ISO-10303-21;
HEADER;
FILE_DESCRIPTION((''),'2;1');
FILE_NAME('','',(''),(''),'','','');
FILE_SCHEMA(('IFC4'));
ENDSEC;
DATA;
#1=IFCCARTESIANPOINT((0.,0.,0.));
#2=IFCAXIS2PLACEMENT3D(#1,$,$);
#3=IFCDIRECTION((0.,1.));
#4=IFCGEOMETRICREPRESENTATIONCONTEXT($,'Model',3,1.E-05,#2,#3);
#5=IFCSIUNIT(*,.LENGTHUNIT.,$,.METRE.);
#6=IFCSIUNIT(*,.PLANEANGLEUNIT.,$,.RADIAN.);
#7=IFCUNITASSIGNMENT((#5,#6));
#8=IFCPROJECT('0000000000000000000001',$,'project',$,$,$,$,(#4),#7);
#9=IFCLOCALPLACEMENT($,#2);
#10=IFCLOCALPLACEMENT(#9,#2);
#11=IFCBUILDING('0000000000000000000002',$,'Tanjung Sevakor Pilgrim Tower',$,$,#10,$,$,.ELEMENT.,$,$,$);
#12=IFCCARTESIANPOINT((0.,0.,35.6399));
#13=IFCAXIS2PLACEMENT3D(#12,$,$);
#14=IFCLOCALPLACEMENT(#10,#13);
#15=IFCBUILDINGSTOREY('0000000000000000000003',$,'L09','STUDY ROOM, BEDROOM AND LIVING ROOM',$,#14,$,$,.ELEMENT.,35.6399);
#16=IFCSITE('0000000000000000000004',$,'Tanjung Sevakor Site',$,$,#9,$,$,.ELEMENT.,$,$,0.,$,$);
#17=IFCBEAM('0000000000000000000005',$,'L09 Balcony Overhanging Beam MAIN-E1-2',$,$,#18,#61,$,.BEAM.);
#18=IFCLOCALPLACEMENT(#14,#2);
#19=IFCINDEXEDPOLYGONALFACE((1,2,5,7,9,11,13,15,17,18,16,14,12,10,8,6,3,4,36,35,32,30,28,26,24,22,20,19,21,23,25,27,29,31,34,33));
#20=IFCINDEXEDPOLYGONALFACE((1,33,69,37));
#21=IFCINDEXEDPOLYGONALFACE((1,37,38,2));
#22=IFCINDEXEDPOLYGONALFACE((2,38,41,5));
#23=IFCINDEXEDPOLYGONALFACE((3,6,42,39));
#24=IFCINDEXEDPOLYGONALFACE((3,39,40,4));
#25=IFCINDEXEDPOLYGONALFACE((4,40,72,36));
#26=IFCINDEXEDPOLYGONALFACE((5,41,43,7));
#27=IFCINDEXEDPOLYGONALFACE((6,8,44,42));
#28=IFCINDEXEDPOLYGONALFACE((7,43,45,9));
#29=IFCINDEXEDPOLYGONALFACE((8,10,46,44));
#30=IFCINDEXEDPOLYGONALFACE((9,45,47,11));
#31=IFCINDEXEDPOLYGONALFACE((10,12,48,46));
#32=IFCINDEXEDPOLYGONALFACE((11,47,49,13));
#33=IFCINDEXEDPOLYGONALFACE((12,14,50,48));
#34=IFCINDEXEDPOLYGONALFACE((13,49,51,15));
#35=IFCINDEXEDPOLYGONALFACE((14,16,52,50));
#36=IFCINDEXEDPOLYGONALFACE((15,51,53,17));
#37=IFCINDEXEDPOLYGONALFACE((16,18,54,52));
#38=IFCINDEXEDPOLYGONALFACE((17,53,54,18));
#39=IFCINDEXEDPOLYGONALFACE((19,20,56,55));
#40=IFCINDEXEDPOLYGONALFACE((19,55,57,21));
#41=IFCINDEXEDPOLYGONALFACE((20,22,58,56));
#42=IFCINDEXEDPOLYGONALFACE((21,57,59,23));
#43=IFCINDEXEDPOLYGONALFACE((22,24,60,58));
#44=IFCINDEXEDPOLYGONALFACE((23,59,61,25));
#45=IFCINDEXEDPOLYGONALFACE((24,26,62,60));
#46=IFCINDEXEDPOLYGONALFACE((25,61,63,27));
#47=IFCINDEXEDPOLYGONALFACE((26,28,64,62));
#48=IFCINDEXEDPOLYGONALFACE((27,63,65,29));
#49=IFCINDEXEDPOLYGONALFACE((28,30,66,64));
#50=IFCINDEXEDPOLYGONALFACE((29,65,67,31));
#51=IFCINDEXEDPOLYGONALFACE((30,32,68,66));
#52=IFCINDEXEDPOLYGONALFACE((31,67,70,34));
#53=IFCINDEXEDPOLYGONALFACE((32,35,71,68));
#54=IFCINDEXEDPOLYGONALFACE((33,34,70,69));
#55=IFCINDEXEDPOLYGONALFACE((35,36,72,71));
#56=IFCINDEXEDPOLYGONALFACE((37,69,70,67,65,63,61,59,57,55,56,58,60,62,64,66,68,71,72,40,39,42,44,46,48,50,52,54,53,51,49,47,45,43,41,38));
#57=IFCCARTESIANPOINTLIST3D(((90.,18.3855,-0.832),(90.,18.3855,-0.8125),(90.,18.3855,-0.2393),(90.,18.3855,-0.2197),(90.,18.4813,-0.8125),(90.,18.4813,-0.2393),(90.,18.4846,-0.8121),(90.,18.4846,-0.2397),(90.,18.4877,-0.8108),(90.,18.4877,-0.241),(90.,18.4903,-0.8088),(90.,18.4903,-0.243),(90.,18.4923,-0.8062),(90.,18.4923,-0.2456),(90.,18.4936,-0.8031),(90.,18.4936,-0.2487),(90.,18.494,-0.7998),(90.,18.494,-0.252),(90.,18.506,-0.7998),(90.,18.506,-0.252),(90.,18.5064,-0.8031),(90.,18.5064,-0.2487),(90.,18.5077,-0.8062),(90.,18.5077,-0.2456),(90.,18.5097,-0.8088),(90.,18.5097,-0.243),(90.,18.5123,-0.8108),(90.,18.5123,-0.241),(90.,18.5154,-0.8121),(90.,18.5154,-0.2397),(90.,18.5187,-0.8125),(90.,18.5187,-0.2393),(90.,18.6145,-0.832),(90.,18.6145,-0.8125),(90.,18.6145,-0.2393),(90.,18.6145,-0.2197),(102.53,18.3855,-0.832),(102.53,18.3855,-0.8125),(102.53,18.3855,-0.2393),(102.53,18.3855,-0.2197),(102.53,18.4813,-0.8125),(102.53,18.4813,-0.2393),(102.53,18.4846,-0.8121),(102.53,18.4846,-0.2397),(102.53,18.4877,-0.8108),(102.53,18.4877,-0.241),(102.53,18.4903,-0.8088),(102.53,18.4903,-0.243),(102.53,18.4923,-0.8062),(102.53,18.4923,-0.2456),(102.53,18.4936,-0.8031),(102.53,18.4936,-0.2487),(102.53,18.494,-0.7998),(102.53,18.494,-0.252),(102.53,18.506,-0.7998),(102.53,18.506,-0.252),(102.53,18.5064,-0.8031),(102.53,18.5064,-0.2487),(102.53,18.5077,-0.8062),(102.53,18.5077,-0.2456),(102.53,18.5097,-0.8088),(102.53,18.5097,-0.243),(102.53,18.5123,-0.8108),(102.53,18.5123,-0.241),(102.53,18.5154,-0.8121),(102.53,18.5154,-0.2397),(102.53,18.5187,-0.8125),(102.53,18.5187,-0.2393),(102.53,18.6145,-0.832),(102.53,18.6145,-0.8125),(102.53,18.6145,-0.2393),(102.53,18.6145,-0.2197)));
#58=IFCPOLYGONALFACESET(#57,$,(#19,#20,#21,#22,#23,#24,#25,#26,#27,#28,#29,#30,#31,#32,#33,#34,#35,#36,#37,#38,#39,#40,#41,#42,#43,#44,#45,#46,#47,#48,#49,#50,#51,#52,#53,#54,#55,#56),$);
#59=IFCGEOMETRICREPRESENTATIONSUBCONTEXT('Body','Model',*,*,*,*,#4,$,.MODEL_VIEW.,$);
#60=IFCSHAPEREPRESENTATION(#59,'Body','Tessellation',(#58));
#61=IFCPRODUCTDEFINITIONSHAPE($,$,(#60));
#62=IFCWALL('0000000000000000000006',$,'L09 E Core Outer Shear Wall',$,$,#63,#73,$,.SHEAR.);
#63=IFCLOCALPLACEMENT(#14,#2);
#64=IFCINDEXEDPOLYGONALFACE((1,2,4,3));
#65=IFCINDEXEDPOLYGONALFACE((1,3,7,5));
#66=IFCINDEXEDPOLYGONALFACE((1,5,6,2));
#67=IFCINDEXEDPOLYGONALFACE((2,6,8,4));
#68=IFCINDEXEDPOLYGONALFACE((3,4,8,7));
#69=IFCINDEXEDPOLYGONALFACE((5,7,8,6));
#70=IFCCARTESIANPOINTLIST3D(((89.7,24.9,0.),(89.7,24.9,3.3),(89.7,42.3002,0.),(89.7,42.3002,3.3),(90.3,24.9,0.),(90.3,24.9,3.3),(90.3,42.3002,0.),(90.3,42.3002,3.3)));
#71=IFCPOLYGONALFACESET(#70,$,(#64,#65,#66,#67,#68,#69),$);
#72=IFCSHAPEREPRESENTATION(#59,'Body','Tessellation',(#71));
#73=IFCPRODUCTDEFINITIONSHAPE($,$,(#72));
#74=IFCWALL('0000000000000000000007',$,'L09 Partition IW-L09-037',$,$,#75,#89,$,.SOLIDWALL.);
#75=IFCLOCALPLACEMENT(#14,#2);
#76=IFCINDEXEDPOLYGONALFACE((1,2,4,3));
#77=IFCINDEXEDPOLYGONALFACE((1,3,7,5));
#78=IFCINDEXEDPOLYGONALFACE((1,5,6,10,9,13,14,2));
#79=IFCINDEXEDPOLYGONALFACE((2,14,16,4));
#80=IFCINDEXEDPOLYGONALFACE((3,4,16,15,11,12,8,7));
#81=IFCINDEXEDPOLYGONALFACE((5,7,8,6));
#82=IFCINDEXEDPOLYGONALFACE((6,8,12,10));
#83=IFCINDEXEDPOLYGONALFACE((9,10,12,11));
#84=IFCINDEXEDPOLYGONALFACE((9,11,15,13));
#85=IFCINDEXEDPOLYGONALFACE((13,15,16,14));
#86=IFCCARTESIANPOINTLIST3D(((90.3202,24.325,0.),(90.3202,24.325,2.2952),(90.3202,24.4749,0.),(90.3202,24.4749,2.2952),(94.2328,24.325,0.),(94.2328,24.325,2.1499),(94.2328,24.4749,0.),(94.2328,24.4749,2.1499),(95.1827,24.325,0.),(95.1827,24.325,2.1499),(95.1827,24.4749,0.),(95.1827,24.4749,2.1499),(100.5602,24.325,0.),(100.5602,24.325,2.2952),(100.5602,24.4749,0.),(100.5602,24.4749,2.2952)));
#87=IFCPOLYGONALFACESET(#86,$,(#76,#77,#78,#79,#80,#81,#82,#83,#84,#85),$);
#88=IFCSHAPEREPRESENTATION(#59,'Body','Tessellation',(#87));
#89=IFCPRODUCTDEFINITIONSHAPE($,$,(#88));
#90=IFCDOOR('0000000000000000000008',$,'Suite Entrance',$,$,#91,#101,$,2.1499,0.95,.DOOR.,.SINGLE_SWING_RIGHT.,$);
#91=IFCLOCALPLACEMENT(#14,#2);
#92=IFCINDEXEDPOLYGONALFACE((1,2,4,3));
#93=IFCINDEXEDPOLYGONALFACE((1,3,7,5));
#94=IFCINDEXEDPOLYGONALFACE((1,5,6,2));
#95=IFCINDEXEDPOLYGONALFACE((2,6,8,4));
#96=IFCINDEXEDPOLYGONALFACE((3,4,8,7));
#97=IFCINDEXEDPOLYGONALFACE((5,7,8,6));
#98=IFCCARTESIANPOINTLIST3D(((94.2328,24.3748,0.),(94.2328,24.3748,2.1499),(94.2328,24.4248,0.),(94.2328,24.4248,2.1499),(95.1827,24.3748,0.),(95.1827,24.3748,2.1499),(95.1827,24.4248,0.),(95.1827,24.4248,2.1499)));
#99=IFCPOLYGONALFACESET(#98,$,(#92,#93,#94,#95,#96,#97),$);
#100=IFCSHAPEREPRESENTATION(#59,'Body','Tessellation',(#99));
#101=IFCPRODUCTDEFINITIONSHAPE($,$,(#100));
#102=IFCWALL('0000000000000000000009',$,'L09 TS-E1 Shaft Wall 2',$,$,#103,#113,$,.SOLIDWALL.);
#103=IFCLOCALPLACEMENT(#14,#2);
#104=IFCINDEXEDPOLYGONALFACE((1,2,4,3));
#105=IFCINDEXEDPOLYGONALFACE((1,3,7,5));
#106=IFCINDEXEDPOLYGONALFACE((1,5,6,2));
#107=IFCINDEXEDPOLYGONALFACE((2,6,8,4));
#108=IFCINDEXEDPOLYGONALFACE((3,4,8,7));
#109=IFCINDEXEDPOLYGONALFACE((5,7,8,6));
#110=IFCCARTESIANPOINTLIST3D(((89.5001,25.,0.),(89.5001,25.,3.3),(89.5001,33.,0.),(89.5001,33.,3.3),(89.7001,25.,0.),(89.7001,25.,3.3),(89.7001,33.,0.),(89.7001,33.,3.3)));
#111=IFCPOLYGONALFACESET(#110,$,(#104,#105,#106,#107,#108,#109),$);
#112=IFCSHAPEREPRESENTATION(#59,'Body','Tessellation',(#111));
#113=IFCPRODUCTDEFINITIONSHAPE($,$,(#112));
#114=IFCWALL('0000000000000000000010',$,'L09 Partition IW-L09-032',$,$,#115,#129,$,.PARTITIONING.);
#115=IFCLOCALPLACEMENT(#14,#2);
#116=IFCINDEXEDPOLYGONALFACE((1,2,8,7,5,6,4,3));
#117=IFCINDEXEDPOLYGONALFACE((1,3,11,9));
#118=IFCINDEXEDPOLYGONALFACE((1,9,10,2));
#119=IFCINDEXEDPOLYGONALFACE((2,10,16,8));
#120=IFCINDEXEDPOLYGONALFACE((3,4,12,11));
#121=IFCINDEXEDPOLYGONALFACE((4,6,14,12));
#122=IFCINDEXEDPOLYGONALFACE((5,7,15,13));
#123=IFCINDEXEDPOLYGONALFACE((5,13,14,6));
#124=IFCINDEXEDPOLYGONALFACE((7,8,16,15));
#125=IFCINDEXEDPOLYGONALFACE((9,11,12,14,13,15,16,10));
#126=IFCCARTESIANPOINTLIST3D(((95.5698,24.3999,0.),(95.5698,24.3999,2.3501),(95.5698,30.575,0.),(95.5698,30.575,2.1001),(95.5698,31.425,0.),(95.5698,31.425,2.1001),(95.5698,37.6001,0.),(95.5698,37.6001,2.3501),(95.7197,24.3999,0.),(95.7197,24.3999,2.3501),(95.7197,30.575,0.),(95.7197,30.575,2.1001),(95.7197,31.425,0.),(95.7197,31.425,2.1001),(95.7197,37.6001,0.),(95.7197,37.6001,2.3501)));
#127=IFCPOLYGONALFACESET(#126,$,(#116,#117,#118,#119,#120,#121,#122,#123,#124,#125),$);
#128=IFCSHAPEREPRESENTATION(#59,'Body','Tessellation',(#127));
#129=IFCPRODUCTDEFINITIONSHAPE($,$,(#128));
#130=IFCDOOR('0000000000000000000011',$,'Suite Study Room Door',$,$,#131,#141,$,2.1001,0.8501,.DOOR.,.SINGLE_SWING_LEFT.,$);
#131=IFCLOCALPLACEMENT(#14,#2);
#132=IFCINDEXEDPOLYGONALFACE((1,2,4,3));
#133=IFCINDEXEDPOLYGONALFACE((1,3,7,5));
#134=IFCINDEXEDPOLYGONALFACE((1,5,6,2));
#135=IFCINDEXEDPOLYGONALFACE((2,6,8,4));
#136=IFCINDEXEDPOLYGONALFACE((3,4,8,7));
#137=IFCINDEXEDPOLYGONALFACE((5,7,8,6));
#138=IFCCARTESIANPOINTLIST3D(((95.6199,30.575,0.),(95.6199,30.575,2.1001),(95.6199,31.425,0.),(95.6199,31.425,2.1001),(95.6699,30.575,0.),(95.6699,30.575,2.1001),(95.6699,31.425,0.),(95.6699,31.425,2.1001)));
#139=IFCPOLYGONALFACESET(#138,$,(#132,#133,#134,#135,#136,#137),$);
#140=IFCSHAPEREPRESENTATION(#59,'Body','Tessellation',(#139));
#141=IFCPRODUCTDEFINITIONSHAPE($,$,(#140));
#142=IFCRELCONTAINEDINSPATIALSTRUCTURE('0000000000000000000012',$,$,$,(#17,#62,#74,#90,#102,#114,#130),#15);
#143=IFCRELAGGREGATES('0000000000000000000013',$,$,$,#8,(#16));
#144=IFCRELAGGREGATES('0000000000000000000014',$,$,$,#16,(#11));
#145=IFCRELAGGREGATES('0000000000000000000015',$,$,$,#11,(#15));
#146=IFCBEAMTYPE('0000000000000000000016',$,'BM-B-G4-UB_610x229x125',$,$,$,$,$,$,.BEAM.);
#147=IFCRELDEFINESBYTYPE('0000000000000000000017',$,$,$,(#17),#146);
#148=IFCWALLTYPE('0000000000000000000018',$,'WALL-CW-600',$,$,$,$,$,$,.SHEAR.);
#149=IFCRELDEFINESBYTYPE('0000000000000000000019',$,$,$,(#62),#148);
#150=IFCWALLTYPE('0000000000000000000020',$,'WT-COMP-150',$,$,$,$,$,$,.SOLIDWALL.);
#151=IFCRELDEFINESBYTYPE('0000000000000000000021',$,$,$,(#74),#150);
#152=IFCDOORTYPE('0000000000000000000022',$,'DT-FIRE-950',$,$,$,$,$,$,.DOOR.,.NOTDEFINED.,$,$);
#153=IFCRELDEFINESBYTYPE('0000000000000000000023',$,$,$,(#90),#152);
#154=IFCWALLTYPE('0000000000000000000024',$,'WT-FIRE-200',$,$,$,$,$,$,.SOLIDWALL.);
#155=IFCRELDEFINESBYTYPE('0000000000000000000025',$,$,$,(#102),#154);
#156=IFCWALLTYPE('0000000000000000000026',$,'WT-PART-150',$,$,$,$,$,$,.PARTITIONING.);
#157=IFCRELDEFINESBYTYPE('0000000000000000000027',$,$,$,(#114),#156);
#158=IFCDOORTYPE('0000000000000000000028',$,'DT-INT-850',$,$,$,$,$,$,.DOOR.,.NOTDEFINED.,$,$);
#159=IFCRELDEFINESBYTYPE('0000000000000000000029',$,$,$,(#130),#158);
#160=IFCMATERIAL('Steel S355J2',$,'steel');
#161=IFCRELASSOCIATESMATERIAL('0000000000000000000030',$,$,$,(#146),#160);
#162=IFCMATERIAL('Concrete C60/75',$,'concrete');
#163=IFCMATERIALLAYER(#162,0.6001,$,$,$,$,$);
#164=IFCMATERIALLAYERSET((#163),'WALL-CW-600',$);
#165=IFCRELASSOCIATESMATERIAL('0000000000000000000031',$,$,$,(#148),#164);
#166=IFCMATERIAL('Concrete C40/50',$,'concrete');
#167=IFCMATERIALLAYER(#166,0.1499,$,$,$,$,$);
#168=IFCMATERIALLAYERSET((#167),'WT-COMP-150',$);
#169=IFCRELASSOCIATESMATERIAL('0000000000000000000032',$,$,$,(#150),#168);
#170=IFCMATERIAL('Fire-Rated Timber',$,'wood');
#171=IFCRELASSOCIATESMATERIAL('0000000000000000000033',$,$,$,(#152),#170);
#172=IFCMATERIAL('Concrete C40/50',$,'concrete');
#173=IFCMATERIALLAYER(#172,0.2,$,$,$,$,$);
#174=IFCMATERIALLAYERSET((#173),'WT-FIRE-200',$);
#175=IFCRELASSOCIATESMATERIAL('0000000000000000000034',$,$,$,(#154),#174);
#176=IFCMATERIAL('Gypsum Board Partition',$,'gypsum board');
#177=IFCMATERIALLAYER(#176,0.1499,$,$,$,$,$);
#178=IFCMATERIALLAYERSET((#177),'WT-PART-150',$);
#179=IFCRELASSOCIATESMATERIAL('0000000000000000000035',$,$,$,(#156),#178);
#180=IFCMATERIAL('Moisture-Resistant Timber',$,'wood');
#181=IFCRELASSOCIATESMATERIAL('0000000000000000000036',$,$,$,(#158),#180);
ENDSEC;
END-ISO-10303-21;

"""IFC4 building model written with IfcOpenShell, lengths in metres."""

from ifc_helpers import new_model, si_unit, direction, frame, frame_2d, origin, origin_2d, place, context, subcontext, project, spatial, rectangle, i_section, extrude, material, layer, layer_set, material_profile, profile_set, type_object, element, fill, save


model = new_model("IFC4")

# Units and contexts
model_context = context("Model", 3, precision=1e-05, world=origin(), true_north=direction((0.0, 1.0)))
body_context = subcontext(model_context, "Body", "Model", "MODEL_VIEW")
ifc_project = project(units=[si_unit("LENGTHUNIT", "METRE"), si_unit("PLANEANGLEUNIT", "RADIAN")], contexts=[model_context])

# Site, building, storey
site_placement = place(None, origin())
site = spatial("IfcSite", under=ifc_project, at=site_placement, Name="Tanjung Sevakor Site", CompositionType="ELEMENT", RefElevation=0.0)
building_placement = place(site_placement, origin())
building = spatial("IfcBuilding", under=site, at=building_placement, Name="Tanjung Sevakor Pilgrim Tower", CompositionType="ELEMENT")
storey_placement = place(building_placement, frame((0.0, 0.0, 35.6399)))
storey = spatial("IfcBuildingStorey", under=building, at=storey_placement, Name="L09", Description="STUDY ROOM, BEDROOM AND LIVING ROOM", CompositionType="ELEMENT", Elevation=35.6399)

# Beam
ifc_material_1 = material(Name="Steel S355J2", Category="steel")
ifc_material_profile_1 = material_profile(ifc_material_1, i_section(OverallWidth=0.229, OverallDepth=0.6123, WebThickness=0.012, FlangeThickness=0.0195, FilletRadius=0.0127, at=origin_2d()))
ifc_profile_set_1 = profile_set([ifc_material_profile_1], Name="Steel S355J2")
beam_type_1 = type_object("IfcBeamType", Name="BM-B-G4-UB_610x229x125", PredefinedType="BEAM", material=ifc_profile_set_1)
beam_1_placement = place(storey_placement, frame((90.0, 18.5, -0.5259), z_axis=(1.0, 0.0, 0.0), x_axis=(0.0, 1.0, 0.0)))
element("IfcBeam", 1, at=beam_1_placement, inside=storey, type_object=beam_type_1, Name="L09 Balcony Overhanging Beam MAIN-E1-2", PredefinedType="BEAM", context=body_context, shape_type="SweptSolid", body=[
    extrude(i_section(OverallWidth=0.229, OverallDepth=0.6123, WebThickness=0.012, FlangeThickness=0.0195, FilletRadius=0.0127, at=origin_2d()), origin(), (0.0, 0.0, 1.0), 12.53),
])

# Wall
ifc_material_2 = material(Name="Concrete C60/75", Category="concrete")
ifc_layer_1 = layer(ifc_material_2, 0.6001)
ifc_layer_set_1 = layer_set([ifc_layer_1], Name="WALL-CW-600")
wall_type_1 = type_object("IfcWallType", Name="WALL-CW-600", PredefinedType="SHEAR", material=ifc_layer_set_1)
wall_1_placement = place(storey_placement, frame((90.0, 24.8999, 0.0), z_axis=(0.0, 0.0, 1.0), x_axis=(0.0, 1.0, 0.0)))
element("IfcWall", 2, at=wall_1_placement, inside=storey, type_object=wall_type_1, Name="L09 E Core Outer Shear Wall", PredefinedType="SHEAR", context=body_context, shape_type="SweptSolid", body=[
    extrude(rectangle(XDim=17.4001, YDim=0.6001, at=frame_2d((8.7002, 0.0))), origin(), (0.0, 0.0, 1.0), 3.3),
])

# Wall, opening, door
ifc_material_3 = material(Name="Concrete C40/50", Category="concrete")
ifc_layer_2 = layer(ifc_material_3, 0.1499)
ifc_layer_set_2 = layer_set([ifc_layer_2], Name="WT-COMP-150")
wall_type_2 = type_object("IfcWallType", Name="WT-COMP-150", PredefinedType="SOLIDWALL", material=ifc_layer_set_2)
wall_2_placement = place(storey_placement, frame((90.3201, 24.3999, 0.0), z_axis=(0.0, 0.0, 1.0), x_axis=(1.0, 0.0, 0.0)))
wall_2 = element("IfcWall", 3, at=wall_2_placement, inside=storey, type_object=wall_type_2, Name="L09 Partition IW-L09-037", PredefinedType="SOLIDWALL", context=body_context, shape_type="SweptSolid", body=[
    extrude(rectangle(XDim=10.24, YDim=0.1499, at=frame_2d((5.1201, 0.0))), origin(), (0.0, 0.0, 1.0), 2.2952),
])
opening_1_placement = place(wall_2_placement, frame((3.9126, 0.0, 0.0)))
opening_1 = element("IfcOpeningElement", 4, at=opening_1_placement, cuts=wall_2, PredefinedType="OPENING", context=body_context, shape_type="SweptSolid", body=[
    extrude(rectangle(XDim=0.95, YDim=2.1499, at=frame_2d((0.4751, 1.075))), frame((0.0, 0.085, 0.0), z_axis=(0.0, -1.0, 0.0), x_axis=(1.0, 0.0, 0.0)), (0.0, 0.0, 1.0), 0.1699),
])
ifc_material_4 = material(Name="Fire-Rated Timber", Category="wood")
door_type_1 = type_object("IfcDoorType", Name="DT-FIRE-950", OperationType="NOTDEFINED", PredefinedType="DOOR", material=ifc_material_4)
door_1_placement = place(opening_1_placement, origin())
door_1 = element("IfcDoor", 5, at=door_1_placement, inside=storey, type_object=door_type_1, Name="Suite Entrance", OperationType="SINGLE_SWING_RIGHT", OverallHeight=2.1499, OverallWidth=0.95, PredefinedType="DOOR", context=body_context, shape_type="SweptSolid", body=[
    extrude(rectangle(XDim=0.95, YDim=2.1499, at=frame_2d((0.4751, 1.075))), frame((0.0, 0.0249, 0.0), z_axis=(0.0, -1.0, 0.0), x_axis=(1.0, 0.0, 0.0)), (0.0, 0.0, 1.0), 0.05),
])
fill(opening_1, door_1)

# Wall
ifc_material_5 = material(Name="Concrete C40/50", Category="concrete")
ifc_layer_3 = layer(ifc_material_5, 0.2)
ifc_layer_set_3 = layer_set([ifc_layer_3], Name="WT-FIRE-200")
wall_type_3 = type_object("IfcWallType", Name="WT-FIRE-200", PredefinedType="SOLIDWALL", material=ifc_layer_set_3)
wall_3_placement = place(storey_placement, frame((89.6001, 25.0, 0.0), z_axis=(0.0, 0.0, 1.0), x_axis=(0.0, 1.0, 0.0)))
element("IfcWall", 6, at=wall_3_placement, inside=storey, type_object=wall_type_3, Name="L09 TS-E1 Shaft Wall 2", PredefinedType="SOLIDWALL", context=body_context, shape_type="SweptSolid", body=[
    extrude(rectangle(XDim=8.0, YDim=0.2, at=frame_2d((4.0, 0.0))), origin(), (0.0, 0.0, 1.0), 3.3),
])

# Wall, opening, door
ifc_material_6 = material(Name="Gypsum Board Partition", Category="gypsum board")
ifc_layer_4 = layer(ifc_material_6, 0.1499)
ifc_layer_set_4 = layer_set([ifc_layer_4], Name="WT-PART-150")
wall_type_4 = type_object("IfcWallType", Name="WT-PART-150", PredefinedType="PARTITIONING", material=ifc_layer_set_4)
wall_4_placement = place(storey_placement, frame((95.6448, 24.3999, 0.0), z_axis=(0.0, 0.0, 1.0), x_axis=(0.0, 1.0, 0.0)))
wall_4 = element("IfcWall", 7, at=wall_4_placement, inside=storey, type_object=wall_type_4, Name="L09 Partition IW-L09-032", PredefinedType="PARTITIONING", context=body_context, shape_type="SweptSolid", body=[
    extrude(rectangle(XDim=13.2002, YDim=0.1499, at=frame_2d((6.6001, 0.0))), origin(), (0.0, 0.0, 1.0), 2.3501),
])
opening_2_placement = place(wall_4_placement, frame((6.175, 0.0, 0.0)))
opening_2 = element("IfcOpeningElement", 8, at=opening_2_placement, cuts=wall_4, PredefinedType="OPENING", context=body_context, shape_type="SweptSolid", body=[
    extrude(rectangle(XDim=0.8501, YDim=2.1001, at=frame_2d((0.425, 1.05))), frame((0.0, 0.085, 0.0), z_axis=(0.0, -1.0, 0.0), x_axis=(1.0, 0.0, 0.0)), (0.0, 0.0, 1.0), 0.1699),
])
ifc_material_7 = material(Name="Moisture-Resistant Timber", Category="wood")
door_type_2 = type_object("IfcDoorType", Name="DT-INT-850", OperationType="NOTDEFINED", PredefinedType="DOOR", material=ifc_material_7)
door_2_placement = place(opening_2_placement, origin())
door_2 = element("IfcDoor", 9, at=door_2_placement, inside=storey, type_object=door_type_2, Name="Suite Study Room Door", OperationType="SINGLE_SWING_LEFT", OverallHeight=2.1001, OverallWidth=0.8501, PredefinedType="DOOR", context=body_context, shape_type="SweptSolid", body=[
    extrude(rectangle(XDim=0.8501, YDim=2.1001, at=frame_2d((0.425, 1.05))), frame((0.0, 0.0249, 0.0), z_axis=(0.0, -1.0, 0.0), x_axis=(1.0, 0.0, 0.0)), (0.0, 0.0, 1.0), 0.05),
])
fill(opening_2, door_2)

save(model, "model.ifc")
